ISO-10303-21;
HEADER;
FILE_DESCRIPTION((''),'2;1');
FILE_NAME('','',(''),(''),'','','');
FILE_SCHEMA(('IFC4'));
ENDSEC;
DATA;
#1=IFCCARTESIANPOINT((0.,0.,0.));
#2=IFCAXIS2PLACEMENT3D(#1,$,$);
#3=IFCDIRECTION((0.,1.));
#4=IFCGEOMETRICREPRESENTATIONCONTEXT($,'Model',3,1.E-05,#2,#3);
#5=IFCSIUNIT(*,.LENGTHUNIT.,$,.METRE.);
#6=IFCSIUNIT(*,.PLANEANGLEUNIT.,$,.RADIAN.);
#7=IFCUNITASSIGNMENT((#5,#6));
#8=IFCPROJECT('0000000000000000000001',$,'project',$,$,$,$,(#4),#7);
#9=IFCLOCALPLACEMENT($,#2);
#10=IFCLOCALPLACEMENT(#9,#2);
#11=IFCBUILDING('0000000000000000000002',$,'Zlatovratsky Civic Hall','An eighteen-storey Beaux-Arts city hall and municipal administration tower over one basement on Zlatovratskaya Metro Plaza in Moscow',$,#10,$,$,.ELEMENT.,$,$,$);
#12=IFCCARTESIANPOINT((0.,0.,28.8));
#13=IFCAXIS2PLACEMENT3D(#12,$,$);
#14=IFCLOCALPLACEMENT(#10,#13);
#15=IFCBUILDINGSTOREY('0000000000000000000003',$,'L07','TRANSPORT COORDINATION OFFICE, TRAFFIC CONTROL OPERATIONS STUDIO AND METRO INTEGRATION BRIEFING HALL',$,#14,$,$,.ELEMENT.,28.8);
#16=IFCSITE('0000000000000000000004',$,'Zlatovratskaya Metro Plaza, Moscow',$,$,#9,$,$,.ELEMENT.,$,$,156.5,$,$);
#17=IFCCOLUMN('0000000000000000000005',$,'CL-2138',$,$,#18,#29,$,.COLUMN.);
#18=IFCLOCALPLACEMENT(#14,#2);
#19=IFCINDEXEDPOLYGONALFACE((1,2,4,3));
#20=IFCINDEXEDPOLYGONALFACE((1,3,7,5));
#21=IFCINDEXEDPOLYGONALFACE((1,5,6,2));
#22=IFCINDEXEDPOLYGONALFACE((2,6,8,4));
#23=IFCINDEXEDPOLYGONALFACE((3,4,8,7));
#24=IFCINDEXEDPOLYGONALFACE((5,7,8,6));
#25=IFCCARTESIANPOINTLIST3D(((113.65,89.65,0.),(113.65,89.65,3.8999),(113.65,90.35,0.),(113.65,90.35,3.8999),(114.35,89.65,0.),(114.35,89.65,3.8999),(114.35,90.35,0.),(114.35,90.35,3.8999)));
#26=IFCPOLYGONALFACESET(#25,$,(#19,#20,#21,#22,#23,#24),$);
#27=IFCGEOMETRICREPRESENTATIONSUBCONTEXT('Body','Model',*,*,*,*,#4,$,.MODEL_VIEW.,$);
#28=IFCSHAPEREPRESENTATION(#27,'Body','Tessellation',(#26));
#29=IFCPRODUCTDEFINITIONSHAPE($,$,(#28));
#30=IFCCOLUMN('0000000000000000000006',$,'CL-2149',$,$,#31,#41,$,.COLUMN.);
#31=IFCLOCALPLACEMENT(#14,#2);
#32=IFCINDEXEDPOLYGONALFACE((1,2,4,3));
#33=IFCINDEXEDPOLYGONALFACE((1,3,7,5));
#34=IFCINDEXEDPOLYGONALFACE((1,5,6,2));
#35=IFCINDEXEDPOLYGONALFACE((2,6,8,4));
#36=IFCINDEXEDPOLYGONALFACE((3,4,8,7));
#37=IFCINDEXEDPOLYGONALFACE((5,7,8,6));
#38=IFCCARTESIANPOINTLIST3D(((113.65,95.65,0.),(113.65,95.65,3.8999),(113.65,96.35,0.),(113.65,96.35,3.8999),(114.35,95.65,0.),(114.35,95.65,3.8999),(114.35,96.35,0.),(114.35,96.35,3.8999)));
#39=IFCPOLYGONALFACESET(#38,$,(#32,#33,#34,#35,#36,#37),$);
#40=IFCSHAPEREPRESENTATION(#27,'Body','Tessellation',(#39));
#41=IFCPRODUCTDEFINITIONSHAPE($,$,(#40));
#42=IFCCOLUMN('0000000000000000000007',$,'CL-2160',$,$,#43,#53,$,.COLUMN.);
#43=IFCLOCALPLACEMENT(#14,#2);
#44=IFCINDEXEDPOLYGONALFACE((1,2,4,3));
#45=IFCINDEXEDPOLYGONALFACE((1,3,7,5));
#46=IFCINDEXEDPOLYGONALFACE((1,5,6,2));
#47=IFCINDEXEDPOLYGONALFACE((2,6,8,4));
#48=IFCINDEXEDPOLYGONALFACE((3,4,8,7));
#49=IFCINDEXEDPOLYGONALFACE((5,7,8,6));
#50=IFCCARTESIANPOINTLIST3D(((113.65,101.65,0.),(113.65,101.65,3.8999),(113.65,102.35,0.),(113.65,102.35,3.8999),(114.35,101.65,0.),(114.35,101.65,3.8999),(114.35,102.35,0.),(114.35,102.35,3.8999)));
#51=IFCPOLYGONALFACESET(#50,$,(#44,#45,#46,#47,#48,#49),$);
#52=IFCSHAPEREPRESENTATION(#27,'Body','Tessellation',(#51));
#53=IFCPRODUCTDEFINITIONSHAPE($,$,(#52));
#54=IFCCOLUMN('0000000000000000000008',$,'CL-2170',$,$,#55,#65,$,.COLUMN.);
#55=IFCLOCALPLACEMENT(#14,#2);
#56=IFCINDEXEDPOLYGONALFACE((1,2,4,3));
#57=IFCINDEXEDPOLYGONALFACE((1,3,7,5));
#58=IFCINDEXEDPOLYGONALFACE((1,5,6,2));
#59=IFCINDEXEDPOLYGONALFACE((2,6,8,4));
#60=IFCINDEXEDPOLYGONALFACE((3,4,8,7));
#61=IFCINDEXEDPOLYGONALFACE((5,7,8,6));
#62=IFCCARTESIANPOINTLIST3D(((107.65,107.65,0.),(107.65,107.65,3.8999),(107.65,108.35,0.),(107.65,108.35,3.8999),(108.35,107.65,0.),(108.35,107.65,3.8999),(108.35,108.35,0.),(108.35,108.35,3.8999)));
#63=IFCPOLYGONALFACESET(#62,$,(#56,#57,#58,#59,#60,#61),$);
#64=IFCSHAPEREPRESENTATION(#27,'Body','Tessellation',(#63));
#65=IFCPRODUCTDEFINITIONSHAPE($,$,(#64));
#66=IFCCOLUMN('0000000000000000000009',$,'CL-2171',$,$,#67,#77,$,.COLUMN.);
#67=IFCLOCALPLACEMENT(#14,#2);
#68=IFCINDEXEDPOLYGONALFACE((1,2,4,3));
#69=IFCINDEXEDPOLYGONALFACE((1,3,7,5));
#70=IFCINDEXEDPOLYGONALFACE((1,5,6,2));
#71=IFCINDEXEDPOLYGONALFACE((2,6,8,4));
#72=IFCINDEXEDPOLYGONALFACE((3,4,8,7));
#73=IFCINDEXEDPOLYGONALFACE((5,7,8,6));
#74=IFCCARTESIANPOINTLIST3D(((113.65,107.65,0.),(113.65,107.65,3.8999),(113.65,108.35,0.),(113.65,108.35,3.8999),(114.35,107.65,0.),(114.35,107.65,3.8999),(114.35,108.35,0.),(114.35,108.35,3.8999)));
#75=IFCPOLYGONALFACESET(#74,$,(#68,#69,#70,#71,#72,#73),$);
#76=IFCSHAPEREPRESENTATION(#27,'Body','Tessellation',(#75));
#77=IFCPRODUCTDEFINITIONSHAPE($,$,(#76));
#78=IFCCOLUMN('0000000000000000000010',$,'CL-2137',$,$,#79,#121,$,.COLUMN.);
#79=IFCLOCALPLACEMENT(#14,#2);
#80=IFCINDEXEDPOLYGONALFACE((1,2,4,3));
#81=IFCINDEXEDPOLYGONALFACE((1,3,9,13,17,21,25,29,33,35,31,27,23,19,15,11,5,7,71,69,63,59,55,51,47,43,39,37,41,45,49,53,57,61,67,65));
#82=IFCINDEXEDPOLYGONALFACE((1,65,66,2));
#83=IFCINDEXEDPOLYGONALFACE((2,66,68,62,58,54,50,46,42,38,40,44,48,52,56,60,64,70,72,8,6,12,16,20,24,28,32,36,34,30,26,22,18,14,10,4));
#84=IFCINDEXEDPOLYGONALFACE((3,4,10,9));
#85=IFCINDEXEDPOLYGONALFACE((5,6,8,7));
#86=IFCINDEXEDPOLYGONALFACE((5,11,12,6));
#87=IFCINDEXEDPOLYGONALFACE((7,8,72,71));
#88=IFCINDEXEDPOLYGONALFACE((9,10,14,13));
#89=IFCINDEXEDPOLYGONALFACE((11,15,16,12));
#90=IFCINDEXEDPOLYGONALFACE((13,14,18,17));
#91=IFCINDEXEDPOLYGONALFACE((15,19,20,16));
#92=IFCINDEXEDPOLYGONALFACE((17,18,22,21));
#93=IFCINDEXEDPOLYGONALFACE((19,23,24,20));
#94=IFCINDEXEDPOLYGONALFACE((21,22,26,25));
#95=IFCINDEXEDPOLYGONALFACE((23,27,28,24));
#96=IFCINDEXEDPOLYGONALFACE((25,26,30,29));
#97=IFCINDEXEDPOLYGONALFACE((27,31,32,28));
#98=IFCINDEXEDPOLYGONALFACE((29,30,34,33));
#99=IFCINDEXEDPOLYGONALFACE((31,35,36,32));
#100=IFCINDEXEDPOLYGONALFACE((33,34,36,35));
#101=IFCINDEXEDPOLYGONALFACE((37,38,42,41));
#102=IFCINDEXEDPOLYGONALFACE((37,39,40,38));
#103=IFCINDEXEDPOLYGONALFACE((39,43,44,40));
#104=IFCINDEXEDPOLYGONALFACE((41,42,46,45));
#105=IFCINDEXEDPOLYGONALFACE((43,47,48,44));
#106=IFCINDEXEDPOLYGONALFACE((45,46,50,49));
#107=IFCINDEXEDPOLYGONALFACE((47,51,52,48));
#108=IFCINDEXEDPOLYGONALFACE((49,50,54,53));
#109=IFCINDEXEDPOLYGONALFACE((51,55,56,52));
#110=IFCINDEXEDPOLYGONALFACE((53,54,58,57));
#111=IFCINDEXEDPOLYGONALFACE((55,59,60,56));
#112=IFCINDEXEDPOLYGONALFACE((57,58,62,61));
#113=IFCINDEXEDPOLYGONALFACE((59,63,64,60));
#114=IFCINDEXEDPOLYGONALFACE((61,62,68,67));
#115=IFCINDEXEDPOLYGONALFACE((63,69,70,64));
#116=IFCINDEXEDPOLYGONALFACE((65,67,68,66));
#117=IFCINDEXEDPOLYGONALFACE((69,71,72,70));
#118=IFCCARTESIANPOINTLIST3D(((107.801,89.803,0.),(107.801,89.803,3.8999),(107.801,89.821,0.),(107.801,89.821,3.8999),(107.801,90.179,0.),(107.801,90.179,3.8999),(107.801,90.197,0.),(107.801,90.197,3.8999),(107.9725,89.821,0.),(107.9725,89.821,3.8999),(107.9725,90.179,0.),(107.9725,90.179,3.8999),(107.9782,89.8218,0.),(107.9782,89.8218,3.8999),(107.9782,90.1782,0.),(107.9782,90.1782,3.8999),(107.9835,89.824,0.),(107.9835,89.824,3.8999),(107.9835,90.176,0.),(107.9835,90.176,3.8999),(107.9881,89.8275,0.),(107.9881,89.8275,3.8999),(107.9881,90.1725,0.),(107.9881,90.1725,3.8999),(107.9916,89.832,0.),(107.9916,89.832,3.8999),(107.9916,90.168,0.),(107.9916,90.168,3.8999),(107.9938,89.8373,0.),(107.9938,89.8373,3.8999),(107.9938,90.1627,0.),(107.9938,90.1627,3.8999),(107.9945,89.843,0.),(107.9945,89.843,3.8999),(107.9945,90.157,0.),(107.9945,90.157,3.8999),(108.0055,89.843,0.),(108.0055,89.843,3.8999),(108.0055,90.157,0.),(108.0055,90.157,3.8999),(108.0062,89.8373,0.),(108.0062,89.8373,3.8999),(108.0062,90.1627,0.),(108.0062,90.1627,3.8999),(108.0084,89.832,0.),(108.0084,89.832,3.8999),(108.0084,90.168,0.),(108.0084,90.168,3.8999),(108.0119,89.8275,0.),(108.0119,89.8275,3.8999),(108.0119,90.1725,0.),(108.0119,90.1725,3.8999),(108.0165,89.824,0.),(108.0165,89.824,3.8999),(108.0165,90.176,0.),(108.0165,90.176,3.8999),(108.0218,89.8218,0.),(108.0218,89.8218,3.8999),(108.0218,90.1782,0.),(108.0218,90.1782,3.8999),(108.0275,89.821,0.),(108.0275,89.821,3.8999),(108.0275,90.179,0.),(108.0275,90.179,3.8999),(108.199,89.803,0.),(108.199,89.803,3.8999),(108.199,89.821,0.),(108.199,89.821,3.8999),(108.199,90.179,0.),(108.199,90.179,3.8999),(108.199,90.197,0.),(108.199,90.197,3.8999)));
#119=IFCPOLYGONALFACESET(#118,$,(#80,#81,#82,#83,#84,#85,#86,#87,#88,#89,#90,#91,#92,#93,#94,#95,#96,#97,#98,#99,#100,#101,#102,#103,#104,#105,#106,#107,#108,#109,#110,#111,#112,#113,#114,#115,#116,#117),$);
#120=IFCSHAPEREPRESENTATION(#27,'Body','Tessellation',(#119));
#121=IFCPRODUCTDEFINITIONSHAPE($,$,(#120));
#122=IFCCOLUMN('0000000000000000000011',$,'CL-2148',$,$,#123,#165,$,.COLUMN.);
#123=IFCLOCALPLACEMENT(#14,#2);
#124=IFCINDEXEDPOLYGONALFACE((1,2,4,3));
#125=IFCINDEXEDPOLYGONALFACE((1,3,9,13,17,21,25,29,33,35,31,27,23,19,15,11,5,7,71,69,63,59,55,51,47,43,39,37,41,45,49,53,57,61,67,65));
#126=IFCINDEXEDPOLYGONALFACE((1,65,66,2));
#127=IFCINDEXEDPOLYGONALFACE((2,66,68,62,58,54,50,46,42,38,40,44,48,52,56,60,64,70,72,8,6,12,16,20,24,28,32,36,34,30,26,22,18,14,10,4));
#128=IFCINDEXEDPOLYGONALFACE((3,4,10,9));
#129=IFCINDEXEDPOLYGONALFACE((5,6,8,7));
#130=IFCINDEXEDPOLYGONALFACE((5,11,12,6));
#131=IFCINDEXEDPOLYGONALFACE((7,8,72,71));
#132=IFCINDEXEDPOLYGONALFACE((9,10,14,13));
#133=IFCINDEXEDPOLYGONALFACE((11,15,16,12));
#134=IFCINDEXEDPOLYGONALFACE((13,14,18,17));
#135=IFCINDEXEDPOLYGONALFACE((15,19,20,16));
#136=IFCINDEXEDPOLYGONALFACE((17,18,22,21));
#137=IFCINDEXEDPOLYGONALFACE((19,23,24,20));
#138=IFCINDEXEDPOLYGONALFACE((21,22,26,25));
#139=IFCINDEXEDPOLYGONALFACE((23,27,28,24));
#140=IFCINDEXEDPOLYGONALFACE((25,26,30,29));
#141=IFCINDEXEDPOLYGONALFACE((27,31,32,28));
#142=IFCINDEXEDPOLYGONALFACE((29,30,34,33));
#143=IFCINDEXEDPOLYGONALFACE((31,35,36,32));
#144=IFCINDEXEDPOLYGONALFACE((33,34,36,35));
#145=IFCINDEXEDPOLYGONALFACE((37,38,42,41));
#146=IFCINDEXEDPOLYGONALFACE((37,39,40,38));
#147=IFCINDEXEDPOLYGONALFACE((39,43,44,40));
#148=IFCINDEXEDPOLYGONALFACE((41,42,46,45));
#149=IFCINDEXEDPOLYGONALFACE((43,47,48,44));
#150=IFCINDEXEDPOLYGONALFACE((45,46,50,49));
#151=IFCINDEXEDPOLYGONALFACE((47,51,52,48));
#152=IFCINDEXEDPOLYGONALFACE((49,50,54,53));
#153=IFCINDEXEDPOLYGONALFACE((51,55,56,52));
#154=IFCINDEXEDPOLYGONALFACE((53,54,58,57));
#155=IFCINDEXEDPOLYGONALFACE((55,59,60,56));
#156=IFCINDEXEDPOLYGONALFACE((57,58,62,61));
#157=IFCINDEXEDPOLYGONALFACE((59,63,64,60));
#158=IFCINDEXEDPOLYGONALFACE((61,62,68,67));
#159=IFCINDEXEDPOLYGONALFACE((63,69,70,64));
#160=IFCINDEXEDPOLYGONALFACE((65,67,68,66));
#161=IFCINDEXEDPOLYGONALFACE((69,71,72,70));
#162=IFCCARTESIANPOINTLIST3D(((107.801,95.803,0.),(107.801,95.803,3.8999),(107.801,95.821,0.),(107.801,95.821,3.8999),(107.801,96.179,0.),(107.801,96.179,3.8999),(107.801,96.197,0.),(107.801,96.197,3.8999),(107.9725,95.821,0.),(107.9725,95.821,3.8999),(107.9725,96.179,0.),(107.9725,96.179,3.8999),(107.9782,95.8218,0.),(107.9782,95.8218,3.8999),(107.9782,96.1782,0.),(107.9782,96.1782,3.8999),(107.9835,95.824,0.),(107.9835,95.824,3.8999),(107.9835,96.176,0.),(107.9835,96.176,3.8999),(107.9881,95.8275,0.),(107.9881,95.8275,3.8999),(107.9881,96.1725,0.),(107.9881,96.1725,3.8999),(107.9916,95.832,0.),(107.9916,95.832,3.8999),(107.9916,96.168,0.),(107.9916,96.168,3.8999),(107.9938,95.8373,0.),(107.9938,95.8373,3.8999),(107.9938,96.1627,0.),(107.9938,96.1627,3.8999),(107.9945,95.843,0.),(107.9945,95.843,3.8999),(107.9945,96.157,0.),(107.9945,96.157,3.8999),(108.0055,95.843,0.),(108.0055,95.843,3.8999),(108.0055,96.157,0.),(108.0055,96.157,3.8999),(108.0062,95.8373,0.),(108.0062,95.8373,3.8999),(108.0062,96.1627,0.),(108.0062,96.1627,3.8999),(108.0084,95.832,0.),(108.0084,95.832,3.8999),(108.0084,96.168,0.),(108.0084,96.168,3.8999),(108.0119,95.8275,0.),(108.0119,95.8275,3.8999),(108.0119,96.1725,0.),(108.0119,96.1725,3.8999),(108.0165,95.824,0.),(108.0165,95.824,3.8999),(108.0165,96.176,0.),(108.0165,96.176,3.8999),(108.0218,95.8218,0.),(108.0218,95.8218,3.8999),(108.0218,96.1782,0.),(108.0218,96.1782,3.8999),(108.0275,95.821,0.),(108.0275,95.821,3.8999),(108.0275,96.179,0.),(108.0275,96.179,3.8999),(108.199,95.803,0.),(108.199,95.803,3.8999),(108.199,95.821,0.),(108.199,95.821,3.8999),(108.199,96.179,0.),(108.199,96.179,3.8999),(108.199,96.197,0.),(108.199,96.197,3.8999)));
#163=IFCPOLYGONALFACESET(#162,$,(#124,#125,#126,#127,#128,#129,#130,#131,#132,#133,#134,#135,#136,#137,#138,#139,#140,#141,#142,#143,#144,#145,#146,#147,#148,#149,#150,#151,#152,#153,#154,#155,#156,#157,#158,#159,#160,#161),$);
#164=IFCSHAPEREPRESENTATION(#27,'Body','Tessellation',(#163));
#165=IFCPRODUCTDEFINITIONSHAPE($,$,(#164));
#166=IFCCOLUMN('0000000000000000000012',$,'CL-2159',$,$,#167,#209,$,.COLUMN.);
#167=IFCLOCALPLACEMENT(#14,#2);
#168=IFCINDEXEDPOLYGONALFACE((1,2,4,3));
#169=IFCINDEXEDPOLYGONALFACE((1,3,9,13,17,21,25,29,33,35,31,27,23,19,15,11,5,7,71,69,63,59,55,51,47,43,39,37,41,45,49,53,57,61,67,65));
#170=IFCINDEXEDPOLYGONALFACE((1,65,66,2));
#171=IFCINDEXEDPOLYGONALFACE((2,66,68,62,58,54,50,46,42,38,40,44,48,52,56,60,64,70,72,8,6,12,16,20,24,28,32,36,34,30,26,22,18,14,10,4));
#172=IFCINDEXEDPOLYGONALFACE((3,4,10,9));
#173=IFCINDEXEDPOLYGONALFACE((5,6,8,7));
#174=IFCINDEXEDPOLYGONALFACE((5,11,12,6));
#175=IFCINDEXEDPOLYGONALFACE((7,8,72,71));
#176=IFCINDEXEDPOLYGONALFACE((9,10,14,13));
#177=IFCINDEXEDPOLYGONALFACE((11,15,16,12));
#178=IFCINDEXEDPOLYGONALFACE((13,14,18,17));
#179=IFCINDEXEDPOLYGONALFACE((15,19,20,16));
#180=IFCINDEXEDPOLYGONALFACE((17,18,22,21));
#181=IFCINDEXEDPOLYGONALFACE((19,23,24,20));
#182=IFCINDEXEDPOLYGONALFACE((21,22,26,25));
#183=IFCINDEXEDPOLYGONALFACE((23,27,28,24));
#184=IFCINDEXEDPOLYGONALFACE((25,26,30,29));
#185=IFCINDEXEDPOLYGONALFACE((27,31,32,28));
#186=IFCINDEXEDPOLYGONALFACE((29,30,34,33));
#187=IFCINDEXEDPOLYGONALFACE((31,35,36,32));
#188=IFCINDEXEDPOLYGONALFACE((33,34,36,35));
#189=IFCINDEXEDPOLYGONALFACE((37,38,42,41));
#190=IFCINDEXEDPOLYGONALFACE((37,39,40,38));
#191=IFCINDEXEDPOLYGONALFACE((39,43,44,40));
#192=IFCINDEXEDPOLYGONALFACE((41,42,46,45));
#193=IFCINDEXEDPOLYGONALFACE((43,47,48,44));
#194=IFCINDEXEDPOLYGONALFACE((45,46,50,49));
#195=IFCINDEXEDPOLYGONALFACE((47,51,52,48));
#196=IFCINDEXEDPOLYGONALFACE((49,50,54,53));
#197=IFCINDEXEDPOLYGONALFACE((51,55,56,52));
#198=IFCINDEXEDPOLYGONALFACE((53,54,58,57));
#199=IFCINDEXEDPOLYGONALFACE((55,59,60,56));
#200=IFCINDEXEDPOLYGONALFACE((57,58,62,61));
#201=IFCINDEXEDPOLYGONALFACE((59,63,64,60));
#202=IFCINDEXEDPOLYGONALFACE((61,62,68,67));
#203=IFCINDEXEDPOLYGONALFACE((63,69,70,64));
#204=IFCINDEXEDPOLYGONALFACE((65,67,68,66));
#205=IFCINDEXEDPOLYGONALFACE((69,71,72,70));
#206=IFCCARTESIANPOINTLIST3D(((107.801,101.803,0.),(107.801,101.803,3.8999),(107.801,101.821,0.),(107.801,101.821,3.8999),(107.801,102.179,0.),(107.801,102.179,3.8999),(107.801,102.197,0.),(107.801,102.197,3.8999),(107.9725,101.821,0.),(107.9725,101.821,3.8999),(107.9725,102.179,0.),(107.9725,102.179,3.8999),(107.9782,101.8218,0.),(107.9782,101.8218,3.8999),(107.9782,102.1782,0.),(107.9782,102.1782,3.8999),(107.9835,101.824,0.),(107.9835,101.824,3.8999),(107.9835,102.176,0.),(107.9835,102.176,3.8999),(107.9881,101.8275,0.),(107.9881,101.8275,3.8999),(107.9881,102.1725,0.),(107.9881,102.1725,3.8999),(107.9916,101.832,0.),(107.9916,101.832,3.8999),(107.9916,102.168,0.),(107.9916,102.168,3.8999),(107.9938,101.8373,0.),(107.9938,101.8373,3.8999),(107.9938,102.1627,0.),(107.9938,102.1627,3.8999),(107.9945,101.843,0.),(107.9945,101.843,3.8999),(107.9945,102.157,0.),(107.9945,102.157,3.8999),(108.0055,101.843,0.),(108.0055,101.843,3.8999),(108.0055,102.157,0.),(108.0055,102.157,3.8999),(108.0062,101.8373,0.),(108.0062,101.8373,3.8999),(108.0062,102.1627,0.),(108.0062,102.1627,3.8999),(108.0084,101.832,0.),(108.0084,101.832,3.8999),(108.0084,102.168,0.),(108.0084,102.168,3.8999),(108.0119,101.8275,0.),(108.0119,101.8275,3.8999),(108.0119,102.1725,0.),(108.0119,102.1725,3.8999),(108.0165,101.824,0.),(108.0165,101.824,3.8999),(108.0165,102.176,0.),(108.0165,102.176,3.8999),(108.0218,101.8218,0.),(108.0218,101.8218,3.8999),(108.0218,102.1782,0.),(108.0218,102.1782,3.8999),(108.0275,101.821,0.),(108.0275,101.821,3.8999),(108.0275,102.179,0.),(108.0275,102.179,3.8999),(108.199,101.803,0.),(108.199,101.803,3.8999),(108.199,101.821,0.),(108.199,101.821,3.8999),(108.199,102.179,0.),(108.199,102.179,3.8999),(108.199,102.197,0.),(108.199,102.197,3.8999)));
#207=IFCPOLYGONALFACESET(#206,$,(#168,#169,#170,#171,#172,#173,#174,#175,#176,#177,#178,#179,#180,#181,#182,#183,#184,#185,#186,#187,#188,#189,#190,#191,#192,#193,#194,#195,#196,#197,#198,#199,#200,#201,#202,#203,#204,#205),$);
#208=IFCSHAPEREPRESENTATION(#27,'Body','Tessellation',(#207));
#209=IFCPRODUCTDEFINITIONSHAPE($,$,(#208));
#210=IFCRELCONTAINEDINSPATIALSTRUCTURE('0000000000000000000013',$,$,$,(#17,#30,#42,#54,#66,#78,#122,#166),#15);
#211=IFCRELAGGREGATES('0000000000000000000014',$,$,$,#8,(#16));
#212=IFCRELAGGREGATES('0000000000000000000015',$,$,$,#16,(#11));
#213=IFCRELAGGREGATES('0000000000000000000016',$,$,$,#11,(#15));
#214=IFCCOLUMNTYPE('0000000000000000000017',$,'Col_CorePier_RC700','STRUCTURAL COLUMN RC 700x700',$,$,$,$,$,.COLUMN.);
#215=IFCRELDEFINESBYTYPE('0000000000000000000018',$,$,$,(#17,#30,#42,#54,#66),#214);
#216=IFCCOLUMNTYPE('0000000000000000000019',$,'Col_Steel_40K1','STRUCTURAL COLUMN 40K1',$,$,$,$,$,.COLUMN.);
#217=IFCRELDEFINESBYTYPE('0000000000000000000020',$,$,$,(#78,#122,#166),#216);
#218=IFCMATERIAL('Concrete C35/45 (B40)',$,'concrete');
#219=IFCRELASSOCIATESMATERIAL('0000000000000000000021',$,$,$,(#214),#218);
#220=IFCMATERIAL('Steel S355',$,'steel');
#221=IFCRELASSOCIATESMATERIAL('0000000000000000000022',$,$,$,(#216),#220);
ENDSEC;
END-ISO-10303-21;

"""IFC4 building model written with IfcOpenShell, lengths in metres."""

from ifc_helpers import new_model, si_unit, direction, frame, origin, origin_2d, place, context, subcontext, project, spatial, rectangle, i_section, extrude, material, material_profile, profile_set, type_object, element, save


model = new_model("IFC4")

# Units and contexts
model_context = context("Model", 3, precision=1e-05, world=origin(), true_north=direction((0.0, 1.0)))
body_context = subcontext(model_context, "Body", "Model", "MODEL_VIEW")
ifc_project = project(units=[si_unit("LENGTHUNIT", "METRE"), si_unit("PLANEANGLEUNIT", "RADIAN")], contexts=[model_context])

# Site, building, storey
site_placement = place(None, origin())
site = spatial("IfcSite", under=ifc_project, at=site_placement, Name="Zlatovratskaya Metro Plaza, Moscow", CompositionType="ELEMENT", RefElevation=156.5)
building_placement = place(site_placement, origin())
building = spatial("IfcBuilding", under=site, at=building_placement, Name="Zlatovratsky Civic Hall", Description="An eighteen-storey Beaux-Arts city hall and municipal administration tower over one basement on Zlatovratskaya Metro Plaza in Moscow", CompositionType="ELEMENT")
storey_placement = place(building_placement, frame((0.0, 0.0, 28.8)))
storey = spatial("IfcBuildingStorey", under=building, at=storey_placement, Name="L07", Description="TRANSPORT COORDINATION OFFICE, TRAFFIC CONTROL OPERATIONS STUDIO AND METRO INTEGRATION BRIEFING HALL", CompositionType="ELEMENT", Elevation=28.8)

# Columns
ifc_material_1 = material(Name="Concrete C35/45 (B40)", Category="concrete")
ifc_material_profile_1 = material_profile(ifc_material_1, rectangle(XDim=0.7, YDim=0.7, at=origin_2d()), Name="RC 700x700")
ifc_profile_set_1 = profile_set([ifc_material_profile_1], Name="Concrete C35/45 (B40)")
column_type_1 = type_object("IfcColumnType", Name="Col_CorePier_RC700", Description="STRUCTURAL COLUMN RC 700x700", PredefinedType="COLUMN", material=ifc_profile_set_1)
for number, where, z_axis, x_axis, name in (
    (1, (114.0, 90.0, 0.0), (0.0, 0.0, 1.0), (1.0, 0.0, 0.0), "CL-2138"),
    (2, (114.0, 96.0, 0.0), (0.0, 0.0, 1.0), (1.0, 0.0, 0.0), "CL-2149"),
    (3, (114.0, 102.0, 0.0), (0.0, 0.0, 1.0), (1.0, 0.0, 0.0), "CL-2160"),
    (4, (108.0, 108.0, 0.0), (0.0, 0.0, 1.0), (1.0, 0.0, 0.0), "CL-2170"),
    (5, (114.0, 108.0, 0.0), (0.0, 0.0, 1.0), (1.0, 0.0, 0.0), "CL-2171"),
):
    element("IfcColumn", number, at=place(storey_placement, frame(where, z_axis=z_axis, x_axis=x_axis)), inside=storey, type_object=column_type_1, Name=name, PredefinedType="COLUMN", context=body_context, shape_type="SweptSolid", body=[
        extrude(rectangle(XDim=0.7, YDim=0.7, at=origin_2d()), origin(), (0.0, 0.0, 1.0), 3.8999),
    ])
ifc_material_2 = material(Name="Steel S355", Category="steel")
ifc_material_profile_2 = material_profile(ifc_material_2, i_section(OverallWidth=0.3979, OverallDepth=0.394, WebThickness=0.011, FlangeThickness=0.0181, FilletRadius=0.022, at=origin_2d()), Name="40K1")
ifc_profile_set_2 = profile_set([ifc_material_profile_2], Name="Steel S355")
column_type_2 = type_object("IfcColumnType", Name="Col_Steel_40K1", Description="STRUCTURAL COLUMN 40K1", PredefinedType="COLUMN", material=ifc_profile_set_2)
for number, where, z_axis, x_axis, name in (
    (6, (108.0, 90.0, 0.0), (0.0, 0.0, 1.0), (1.0, 0.0, 0.0), "CL-2137"),
    (7, (108.0, 96.0, 0.0), (0.0, 0.0, 1.0), (1.0, 0.0, 0.0), "CL-2148"),
    (8, (108.0, 102.0, 0.0), (0.0, 0.0, 1.0), (1.0, 0.0, 0.0), "CL-2159"),
):
    element("IfcColumn", number, at=place(storey_placement, frame(where, z_axis=z_axis, x_axis=x_axis)), inside=storey, type_object=column_type_2, Name=name, PredefinedType="COLUMN", context=body_context, shape_type="SweptSolid", body=[
        extrude(i_section(OverallWidth=0.3979, OverallDepth=0.394, WebThickness=0.011, FlangeThickness=0.0181, FilletRadius=0.022, at=origin_2d()), origin(), (0.0, 0.0, 1.0), 3.8999),
    ])

save(model, "model.ifc")
